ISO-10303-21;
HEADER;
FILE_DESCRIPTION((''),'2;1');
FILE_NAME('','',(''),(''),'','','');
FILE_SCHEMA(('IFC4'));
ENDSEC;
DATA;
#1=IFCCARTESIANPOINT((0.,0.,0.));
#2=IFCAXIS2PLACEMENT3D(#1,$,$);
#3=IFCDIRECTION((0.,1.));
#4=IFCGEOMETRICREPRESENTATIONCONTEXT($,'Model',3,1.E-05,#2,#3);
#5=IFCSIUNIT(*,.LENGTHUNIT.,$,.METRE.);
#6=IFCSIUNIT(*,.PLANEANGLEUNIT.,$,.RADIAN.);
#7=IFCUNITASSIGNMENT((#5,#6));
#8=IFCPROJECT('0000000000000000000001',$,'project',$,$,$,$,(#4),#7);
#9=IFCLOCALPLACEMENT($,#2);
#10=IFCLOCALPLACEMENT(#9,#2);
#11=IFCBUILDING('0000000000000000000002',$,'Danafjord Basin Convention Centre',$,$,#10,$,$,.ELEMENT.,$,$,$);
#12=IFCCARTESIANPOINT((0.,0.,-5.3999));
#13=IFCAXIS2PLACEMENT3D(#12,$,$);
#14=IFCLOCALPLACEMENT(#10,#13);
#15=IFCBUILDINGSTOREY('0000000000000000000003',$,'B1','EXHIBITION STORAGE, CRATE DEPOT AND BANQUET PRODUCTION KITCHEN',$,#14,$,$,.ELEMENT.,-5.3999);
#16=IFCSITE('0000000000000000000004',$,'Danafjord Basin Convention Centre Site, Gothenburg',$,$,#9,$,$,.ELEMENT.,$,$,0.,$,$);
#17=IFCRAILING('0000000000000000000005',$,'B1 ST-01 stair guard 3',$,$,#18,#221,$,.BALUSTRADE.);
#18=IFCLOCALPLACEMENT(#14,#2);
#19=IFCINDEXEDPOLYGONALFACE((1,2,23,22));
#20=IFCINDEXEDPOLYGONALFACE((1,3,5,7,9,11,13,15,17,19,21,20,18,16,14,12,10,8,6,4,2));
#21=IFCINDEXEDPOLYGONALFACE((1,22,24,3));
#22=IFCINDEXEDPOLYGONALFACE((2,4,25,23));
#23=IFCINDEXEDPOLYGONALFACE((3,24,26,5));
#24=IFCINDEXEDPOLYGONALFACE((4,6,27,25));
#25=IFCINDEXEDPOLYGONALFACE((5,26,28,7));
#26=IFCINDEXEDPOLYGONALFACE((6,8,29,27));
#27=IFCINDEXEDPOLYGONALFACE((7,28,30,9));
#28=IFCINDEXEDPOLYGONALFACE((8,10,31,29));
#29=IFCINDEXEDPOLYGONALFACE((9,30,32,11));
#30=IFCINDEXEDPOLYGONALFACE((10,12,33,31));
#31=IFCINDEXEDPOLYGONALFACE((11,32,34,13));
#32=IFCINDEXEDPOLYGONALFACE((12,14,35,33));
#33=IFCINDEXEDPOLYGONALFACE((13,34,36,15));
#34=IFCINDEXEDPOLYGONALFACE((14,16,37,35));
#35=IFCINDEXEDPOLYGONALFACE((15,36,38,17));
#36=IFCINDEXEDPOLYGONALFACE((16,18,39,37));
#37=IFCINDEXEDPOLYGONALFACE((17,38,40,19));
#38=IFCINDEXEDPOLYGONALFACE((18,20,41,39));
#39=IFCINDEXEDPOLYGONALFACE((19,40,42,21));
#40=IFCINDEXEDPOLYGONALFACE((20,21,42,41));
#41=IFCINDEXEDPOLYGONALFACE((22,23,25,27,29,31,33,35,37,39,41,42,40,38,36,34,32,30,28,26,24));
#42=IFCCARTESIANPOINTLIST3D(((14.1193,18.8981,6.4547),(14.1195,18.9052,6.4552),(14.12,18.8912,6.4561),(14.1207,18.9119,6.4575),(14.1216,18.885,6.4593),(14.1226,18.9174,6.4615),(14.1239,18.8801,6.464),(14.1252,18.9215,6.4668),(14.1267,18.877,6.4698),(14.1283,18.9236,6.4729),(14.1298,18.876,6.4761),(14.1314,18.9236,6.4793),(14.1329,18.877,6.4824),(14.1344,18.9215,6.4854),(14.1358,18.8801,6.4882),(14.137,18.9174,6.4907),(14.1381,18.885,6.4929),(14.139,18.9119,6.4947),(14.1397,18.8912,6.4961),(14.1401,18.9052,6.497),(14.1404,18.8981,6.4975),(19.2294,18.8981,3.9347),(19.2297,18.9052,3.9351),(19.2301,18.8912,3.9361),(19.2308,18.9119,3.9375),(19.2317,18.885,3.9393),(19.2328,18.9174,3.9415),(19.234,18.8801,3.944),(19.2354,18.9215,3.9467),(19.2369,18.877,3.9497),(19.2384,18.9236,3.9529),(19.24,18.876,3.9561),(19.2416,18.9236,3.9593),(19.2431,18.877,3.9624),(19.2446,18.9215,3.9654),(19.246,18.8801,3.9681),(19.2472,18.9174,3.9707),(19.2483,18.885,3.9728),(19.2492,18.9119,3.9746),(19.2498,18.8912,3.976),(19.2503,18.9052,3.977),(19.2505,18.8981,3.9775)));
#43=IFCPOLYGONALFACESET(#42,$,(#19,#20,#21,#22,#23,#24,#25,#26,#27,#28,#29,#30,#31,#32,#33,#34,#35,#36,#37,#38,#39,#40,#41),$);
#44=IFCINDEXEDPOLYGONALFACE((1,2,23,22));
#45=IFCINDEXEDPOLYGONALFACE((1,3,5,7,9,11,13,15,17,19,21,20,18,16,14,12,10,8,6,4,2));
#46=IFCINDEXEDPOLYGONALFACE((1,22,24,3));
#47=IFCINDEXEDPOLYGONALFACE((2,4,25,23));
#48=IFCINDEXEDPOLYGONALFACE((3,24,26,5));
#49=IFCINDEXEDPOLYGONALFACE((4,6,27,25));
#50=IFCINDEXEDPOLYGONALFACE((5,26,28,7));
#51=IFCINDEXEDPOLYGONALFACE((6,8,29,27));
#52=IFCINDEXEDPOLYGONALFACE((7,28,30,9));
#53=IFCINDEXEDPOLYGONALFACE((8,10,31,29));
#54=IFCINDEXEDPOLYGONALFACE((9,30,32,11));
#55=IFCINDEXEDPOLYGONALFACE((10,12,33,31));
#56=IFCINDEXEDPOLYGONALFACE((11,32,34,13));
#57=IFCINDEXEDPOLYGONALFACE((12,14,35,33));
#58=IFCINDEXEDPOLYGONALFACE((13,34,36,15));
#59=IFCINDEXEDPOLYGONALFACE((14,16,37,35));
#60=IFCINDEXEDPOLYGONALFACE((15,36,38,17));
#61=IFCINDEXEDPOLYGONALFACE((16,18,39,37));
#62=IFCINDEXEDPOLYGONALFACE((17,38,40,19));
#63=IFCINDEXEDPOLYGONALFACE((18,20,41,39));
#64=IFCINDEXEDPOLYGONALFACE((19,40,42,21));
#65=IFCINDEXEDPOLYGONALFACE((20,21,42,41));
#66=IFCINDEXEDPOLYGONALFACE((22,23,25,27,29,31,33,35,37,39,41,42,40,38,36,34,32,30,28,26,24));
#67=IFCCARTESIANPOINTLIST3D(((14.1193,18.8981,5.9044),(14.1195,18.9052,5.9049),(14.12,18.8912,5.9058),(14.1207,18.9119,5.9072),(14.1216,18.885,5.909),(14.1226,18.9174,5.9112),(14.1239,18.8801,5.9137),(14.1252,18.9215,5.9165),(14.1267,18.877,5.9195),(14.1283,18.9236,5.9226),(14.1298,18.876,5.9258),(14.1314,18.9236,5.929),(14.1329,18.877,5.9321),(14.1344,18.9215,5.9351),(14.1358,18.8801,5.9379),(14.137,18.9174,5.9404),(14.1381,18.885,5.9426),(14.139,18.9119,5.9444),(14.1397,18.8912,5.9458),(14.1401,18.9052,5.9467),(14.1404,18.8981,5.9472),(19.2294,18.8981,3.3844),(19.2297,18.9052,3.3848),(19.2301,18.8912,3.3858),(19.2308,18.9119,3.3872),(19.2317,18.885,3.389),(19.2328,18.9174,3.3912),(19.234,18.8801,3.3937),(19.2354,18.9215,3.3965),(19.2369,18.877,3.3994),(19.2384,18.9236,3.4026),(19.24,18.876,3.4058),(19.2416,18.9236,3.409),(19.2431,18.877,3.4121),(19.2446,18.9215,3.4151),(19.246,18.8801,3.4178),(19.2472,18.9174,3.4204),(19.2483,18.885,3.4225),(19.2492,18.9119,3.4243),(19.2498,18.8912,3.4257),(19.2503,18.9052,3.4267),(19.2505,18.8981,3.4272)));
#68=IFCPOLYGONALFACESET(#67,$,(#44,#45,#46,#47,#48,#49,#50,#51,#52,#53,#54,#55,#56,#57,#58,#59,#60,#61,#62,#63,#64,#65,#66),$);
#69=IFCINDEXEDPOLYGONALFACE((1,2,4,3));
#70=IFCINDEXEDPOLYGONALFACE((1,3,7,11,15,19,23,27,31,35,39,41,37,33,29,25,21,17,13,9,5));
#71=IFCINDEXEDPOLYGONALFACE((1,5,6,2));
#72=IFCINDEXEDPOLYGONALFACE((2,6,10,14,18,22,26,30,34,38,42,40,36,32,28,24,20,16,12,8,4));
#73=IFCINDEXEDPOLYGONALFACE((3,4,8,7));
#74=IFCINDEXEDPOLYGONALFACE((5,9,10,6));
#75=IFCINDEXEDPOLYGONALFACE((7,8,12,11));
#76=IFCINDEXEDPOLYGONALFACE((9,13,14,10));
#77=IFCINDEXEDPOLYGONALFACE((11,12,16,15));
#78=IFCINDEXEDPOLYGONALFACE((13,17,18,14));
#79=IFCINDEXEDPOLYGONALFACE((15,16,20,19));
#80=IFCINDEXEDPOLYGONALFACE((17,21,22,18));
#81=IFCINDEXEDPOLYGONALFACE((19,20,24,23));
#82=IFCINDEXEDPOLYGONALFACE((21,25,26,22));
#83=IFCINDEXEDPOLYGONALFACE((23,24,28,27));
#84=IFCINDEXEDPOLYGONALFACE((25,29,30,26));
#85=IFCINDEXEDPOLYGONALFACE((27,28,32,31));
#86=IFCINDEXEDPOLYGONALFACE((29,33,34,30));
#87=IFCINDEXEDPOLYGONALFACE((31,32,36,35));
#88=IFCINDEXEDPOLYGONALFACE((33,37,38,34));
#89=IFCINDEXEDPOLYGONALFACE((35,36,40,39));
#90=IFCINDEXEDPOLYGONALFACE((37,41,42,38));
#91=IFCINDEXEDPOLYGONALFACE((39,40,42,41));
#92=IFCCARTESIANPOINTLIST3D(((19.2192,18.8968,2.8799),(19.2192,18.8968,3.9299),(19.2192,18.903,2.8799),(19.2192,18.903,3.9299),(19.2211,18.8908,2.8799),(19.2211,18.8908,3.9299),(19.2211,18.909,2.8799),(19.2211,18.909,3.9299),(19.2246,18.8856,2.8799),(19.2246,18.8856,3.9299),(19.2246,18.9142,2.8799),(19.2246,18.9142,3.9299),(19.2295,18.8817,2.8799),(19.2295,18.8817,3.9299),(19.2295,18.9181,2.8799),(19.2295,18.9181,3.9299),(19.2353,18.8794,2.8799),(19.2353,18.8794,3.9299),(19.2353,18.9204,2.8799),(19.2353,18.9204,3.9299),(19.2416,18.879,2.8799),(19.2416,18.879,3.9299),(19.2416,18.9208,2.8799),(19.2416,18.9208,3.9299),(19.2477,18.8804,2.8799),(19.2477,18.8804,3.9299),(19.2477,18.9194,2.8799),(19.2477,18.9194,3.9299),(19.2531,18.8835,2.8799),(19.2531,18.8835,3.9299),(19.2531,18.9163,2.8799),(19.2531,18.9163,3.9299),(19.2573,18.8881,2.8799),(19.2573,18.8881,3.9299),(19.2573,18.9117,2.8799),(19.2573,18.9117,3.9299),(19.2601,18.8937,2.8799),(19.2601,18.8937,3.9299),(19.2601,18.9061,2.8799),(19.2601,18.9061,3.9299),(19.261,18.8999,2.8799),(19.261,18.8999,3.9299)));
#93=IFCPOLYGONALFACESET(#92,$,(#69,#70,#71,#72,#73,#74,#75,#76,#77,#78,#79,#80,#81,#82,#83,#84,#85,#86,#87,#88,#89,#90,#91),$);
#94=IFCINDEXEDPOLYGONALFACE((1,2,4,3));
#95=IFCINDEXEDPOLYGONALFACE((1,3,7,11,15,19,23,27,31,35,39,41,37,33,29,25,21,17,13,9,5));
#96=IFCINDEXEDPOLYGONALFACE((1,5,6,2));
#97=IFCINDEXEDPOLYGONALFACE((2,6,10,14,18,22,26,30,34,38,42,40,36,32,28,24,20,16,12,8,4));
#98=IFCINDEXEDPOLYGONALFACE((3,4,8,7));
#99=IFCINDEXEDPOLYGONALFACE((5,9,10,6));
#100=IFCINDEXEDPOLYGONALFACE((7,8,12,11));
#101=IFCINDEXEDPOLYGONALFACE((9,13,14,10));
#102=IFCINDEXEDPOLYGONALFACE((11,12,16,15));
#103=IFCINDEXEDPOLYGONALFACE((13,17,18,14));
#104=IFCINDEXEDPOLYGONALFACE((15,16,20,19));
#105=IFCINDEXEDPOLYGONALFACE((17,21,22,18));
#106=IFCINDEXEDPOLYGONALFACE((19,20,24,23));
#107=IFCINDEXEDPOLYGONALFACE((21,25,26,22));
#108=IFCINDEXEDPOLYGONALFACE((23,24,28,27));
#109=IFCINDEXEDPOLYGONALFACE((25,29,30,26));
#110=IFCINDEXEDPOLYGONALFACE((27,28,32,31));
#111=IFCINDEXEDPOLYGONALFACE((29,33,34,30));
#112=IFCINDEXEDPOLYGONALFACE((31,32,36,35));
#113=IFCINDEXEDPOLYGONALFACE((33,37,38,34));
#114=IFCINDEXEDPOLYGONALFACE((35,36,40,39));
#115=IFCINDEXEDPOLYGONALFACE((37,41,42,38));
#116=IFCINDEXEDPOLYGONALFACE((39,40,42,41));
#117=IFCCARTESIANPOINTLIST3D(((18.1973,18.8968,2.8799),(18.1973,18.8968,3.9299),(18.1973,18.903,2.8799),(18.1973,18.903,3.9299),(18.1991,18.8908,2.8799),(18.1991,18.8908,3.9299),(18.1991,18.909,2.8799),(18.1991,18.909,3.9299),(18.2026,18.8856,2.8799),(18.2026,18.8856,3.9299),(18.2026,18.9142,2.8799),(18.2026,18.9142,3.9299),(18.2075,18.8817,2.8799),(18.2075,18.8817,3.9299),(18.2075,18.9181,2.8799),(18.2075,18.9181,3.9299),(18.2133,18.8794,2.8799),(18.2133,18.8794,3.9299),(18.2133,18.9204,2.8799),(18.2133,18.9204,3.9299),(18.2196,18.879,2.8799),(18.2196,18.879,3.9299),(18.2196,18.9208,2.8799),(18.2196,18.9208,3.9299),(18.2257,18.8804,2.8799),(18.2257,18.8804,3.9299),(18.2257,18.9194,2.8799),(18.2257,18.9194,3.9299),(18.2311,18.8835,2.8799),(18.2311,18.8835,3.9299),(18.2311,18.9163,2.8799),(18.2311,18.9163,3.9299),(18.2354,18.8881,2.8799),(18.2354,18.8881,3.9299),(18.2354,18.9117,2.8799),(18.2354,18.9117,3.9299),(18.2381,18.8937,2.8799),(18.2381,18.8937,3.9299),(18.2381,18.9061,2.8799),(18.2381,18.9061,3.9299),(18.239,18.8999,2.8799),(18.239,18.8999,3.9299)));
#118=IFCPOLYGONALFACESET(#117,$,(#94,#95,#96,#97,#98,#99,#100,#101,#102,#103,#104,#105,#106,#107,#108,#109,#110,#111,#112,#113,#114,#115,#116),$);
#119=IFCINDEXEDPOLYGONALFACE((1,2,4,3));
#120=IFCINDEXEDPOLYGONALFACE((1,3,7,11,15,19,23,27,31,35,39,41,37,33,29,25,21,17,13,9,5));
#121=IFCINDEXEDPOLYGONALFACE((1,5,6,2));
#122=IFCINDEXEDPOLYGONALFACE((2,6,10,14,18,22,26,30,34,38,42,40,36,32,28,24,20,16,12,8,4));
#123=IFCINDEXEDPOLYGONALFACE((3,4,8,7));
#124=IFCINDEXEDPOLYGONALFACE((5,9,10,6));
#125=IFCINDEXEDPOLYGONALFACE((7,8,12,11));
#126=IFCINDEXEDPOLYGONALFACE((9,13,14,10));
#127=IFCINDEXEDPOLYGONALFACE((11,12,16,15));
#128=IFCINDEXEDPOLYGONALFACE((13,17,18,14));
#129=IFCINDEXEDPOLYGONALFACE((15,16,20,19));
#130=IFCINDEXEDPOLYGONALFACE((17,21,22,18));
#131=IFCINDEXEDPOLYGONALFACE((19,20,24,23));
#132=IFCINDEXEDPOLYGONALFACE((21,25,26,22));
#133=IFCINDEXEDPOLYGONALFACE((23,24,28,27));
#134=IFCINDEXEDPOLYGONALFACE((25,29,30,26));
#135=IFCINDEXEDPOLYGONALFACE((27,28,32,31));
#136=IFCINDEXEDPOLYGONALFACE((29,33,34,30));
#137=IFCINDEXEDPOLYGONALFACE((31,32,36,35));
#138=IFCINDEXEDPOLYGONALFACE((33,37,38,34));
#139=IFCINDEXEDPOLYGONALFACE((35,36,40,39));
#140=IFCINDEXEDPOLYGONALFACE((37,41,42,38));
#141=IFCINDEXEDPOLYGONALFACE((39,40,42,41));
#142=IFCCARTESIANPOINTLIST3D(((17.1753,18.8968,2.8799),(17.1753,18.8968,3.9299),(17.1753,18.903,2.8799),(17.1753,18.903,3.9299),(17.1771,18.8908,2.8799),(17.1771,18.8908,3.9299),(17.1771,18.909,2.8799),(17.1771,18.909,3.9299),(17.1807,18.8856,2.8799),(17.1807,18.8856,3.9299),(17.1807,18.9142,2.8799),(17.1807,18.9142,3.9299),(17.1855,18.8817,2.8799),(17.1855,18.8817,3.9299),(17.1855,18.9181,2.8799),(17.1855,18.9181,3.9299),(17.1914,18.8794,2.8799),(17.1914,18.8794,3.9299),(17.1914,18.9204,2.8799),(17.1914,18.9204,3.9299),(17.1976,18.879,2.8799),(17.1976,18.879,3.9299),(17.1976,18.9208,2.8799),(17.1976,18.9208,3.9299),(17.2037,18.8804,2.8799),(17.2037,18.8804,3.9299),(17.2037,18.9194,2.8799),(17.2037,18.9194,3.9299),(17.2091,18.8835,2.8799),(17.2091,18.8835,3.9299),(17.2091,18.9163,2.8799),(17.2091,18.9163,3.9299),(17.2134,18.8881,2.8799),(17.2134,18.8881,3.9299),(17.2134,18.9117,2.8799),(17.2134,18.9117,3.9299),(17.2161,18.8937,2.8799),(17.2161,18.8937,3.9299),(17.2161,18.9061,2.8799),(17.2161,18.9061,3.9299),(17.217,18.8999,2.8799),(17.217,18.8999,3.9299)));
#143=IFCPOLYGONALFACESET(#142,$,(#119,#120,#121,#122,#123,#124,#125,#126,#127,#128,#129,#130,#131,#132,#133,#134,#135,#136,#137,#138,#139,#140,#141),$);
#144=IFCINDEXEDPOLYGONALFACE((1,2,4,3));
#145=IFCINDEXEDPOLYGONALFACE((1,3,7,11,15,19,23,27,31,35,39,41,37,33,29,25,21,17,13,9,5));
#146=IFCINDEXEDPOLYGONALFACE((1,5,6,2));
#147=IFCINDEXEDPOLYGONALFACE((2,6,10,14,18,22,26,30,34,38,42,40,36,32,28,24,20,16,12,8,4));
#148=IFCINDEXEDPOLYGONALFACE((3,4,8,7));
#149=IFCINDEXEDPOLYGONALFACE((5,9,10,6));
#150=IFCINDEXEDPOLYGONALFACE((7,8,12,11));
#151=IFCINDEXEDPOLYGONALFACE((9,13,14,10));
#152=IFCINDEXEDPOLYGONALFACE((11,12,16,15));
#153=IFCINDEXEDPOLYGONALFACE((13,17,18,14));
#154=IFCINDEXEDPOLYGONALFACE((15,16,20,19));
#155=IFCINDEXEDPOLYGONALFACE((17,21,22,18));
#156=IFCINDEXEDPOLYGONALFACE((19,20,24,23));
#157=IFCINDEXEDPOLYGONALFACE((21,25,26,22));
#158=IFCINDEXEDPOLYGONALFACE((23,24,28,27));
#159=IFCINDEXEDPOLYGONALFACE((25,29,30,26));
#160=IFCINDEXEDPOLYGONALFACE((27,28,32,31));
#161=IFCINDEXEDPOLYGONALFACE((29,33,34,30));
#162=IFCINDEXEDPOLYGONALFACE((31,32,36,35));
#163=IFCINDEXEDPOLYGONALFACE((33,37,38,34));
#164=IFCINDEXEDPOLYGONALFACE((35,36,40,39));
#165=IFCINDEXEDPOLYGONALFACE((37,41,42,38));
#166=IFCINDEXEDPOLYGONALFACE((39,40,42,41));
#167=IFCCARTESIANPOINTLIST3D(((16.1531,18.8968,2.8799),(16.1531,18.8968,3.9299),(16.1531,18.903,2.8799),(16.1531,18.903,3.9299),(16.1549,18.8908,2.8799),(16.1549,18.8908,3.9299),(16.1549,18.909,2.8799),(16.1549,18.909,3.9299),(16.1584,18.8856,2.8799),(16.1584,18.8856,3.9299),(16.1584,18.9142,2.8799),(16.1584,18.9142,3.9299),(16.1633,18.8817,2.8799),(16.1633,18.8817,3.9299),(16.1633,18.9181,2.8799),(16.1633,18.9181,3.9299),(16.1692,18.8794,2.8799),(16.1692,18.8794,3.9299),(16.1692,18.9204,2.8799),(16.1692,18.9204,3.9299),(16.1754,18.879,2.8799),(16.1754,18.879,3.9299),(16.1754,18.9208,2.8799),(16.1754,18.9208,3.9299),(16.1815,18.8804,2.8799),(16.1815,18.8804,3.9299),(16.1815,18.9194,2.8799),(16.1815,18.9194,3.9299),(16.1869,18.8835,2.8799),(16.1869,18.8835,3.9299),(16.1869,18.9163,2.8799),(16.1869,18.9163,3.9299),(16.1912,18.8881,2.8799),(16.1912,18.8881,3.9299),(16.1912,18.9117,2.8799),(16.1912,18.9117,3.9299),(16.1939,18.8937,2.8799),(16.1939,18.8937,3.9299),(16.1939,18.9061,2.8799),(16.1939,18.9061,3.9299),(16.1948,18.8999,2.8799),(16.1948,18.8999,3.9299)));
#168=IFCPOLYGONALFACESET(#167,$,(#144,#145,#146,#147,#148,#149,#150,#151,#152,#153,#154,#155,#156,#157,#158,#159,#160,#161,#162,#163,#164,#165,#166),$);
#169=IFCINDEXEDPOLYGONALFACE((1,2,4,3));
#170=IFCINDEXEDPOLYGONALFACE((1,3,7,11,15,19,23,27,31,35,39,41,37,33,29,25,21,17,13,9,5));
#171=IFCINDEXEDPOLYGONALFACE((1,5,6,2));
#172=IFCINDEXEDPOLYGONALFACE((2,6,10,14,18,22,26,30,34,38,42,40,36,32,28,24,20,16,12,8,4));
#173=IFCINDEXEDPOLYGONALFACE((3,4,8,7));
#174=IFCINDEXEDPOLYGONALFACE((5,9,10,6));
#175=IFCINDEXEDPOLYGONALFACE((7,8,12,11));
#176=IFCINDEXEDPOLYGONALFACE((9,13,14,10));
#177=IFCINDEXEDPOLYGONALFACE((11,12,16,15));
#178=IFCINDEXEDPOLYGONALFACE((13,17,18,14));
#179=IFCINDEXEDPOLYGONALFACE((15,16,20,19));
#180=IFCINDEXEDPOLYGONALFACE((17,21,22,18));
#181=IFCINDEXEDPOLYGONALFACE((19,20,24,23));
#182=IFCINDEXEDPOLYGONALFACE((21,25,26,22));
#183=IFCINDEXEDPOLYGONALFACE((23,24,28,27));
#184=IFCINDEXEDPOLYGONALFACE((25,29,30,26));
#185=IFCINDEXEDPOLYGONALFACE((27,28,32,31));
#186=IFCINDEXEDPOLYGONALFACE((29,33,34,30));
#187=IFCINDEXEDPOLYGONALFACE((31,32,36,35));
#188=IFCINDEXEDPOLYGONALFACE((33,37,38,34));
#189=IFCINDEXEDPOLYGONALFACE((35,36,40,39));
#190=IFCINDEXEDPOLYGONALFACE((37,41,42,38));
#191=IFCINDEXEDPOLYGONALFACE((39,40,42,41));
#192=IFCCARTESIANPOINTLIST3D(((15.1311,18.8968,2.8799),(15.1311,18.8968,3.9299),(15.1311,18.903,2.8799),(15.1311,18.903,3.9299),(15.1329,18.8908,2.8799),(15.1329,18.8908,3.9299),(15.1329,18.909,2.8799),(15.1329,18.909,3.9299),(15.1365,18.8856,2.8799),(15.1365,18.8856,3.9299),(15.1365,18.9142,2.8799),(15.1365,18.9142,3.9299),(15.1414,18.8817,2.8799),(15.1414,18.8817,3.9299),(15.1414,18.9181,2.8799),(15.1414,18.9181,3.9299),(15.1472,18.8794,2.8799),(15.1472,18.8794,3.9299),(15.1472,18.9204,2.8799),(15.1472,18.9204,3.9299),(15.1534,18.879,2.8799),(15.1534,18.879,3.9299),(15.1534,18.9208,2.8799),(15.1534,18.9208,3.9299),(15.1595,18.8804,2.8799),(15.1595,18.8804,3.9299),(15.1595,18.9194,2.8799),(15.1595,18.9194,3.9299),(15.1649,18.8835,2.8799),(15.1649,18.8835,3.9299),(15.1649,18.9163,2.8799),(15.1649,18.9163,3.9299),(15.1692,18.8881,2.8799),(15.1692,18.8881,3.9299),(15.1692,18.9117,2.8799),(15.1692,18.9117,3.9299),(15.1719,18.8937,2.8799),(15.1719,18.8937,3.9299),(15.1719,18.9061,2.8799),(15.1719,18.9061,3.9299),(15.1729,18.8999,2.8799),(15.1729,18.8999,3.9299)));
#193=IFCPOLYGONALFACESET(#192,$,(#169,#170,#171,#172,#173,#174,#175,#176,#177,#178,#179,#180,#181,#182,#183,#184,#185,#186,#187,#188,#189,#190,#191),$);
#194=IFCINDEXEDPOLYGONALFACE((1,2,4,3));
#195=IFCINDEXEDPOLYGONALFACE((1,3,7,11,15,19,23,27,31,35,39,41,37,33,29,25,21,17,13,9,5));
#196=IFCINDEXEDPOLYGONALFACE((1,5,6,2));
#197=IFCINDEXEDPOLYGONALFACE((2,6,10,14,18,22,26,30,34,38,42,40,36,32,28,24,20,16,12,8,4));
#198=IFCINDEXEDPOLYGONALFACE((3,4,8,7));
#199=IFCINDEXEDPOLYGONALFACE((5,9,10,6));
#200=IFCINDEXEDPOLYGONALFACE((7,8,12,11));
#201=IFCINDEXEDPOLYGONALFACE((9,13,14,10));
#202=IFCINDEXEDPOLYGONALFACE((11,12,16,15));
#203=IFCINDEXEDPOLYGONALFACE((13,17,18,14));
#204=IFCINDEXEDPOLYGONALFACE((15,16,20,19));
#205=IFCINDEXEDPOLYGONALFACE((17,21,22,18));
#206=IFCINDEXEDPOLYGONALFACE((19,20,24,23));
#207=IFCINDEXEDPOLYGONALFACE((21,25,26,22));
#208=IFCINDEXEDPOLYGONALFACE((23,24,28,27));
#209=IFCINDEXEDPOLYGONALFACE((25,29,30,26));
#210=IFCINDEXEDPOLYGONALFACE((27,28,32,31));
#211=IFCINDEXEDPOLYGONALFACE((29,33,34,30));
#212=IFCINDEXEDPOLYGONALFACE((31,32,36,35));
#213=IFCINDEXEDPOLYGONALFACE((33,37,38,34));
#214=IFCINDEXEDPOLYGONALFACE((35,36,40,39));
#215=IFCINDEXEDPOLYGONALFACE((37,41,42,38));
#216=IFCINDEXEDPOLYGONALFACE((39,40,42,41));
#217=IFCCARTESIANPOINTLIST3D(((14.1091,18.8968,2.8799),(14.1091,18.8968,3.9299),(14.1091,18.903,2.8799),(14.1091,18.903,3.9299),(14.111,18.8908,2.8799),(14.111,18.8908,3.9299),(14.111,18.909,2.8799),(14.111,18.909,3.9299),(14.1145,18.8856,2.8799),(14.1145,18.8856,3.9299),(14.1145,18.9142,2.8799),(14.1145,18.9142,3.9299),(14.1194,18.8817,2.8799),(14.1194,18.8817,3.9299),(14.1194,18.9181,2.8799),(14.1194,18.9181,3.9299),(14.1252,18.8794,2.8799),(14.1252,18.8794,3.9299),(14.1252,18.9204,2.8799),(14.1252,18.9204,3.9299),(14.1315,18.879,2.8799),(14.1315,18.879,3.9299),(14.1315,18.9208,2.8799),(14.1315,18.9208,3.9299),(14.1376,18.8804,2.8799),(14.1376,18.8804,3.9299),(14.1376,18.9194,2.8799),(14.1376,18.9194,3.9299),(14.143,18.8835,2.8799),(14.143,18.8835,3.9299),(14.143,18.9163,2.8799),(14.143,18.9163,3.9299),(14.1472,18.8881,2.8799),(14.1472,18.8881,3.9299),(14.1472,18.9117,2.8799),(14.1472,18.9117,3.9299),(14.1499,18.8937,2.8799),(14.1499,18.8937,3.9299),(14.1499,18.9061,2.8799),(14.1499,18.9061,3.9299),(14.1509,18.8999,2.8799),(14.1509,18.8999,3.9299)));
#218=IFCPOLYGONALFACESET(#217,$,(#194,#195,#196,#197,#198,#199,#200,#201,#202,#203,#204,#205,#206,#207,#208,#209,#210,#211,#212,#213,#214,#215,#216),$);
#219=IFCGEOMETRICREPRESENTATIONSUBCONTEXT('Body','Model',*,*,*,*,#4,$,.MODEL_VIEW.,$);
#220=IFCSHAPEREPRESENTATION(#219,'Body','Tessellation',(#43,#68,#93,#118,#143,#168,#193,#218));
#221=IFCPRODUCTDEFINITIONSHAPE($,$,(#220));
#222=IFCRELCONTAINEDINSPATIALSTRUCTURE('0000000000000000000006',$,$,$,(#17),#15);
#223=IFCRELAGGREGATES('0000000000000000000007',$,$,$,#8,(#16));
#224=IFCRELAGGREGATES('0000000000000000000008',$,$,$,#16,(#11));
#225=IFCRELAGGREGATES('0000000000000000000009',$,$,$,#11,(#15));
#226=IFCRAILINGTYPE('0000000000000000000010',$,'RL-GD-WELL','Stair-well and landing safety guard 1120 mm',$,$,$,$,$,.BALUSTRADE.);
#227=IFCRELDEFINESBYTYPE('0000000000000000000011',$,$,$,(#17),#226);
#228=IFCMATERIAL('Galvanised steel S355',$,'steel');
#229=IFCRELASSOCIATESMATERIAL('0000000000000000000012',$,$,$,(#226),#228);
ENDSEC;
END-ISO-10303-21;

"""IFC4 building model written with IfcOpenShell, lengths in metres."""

from ifc_helpers import new_model, si_unit, direction, frame, origin, origin_2d, place, context, subcontext, project, spatial, circle, extrude, material, type_object, element, save


model = new_model("IFC4")

# Units and contexts
model_context = context("Model", 3, precision=1e-05, world=origin(), true_north=direction((0.0, 1.0)))
body_context = subcontext(model_context, "Body", "Model", "MODEL_VIEW")
ifc_project = project(units=[si_unit("LENGTHUNIT", "METRE"), si_unit("PLANEANGLEUNIT", "RADIAN")], contexts=[model_context])

# Site, building, storey
site_placement = place(None, origin())
site = spatial("IfcSite", under=ifc_project, at=site_placement, Name="Danafjord Basin Convention Centre Site, Gothenburg", CompositionType="ELEMENT", RefElevation=0.0)
building_placement = place(site_placement, origin())
building = spatial("IfcBuilding", under=site, at=building_placement, Name="Danafjord Basin Convention Centre", CompositionType="ELEMENT")
storey_placement = place(building_placement, frame((0.0, 0.0, -5.3999)))
storey = spatial("IfcBuildingStorey", under=building, at=storey_placement, Name="B1", Description="EXHIBITION STORAGE, CRATE DEPOT AND BANQUET PRODUCTION KITCHEN", CompositionType="ELEMENT", Elevation=-5.3999)

# Railing
ifc_material_1 = material(Name="Galvanised steel S355", Category="steel")
railing_type_1 = type_object("IfcRailingType", Name="RL-GD-WELL", Description="Stair-well and landing safety guard 1120 mm", PredefinedType="BALUSTRADE", material=ifc_material_1)
railing_1_placement = place(storey_placement, frame((19.24, 18.8999, 2.8799)))
element("IfcRailing", 1, at=railing_1_placement, inside=storey, type_object=railing_type_1, Name="B1 ST-01 stair guard 3", PredefinedType="BALUSTRADE", context=body_context, shape_type="SweptSolid", body=[
    extrude(circle(Radius=0.0239, at=origin_2d()), frame((0.0, 0.0, 1.0762), z_axis=(-0.896873, 0.0, 0.442288), x_axis=(0.0, -1.0, 0.0)), (0.0, 0.0, 1.0), 5.6978),
    extrude(circle(Radius=0.0239, at=origin_2d()), frame((0.0, 0.0, 0.5259), z_axis=(-0.896873, 0.0, 0.442288), x_axis=(0.0, -1.0, 0.0)), (0.0, 0.0, 1.0), 5.6978),
    extrude(circle(Radius=0.021, at=origin_2d()), origin(), (0.0, 0.0, 1.0), 1.05),
    extrude(circle(Radius=0.021, at=origin_2d()), frame((-1.022, 0.0, 0.0)), (0.0, 0.0, 1.0), 1.05),
    extrude(circle(Radius=0.021, at=origin_2d()), frame((-2.0439, 0.0, 0.0)), (0.0, 0.0, 1.0), 1.05),
    extrude(circle(Radius=0.021, at=origin_2d()), frame((-3.0662, 0.0, 0.0)), (0.0, 0.0, 1.0), 1.05),
    extrude(circle(Radius=0.021, at=origin_2d()), frame((-4.0881, 0.0, 0.0)), (0.0, 0.0, 1.0), 1.05),
    extrude(circle(Radius=0.021, at=origin_2d()), frame((-5.1101, 0.0, 0.0)), (0.0, 0.0, 1.0), 1.05),
])

save(model, "model.ifc")
